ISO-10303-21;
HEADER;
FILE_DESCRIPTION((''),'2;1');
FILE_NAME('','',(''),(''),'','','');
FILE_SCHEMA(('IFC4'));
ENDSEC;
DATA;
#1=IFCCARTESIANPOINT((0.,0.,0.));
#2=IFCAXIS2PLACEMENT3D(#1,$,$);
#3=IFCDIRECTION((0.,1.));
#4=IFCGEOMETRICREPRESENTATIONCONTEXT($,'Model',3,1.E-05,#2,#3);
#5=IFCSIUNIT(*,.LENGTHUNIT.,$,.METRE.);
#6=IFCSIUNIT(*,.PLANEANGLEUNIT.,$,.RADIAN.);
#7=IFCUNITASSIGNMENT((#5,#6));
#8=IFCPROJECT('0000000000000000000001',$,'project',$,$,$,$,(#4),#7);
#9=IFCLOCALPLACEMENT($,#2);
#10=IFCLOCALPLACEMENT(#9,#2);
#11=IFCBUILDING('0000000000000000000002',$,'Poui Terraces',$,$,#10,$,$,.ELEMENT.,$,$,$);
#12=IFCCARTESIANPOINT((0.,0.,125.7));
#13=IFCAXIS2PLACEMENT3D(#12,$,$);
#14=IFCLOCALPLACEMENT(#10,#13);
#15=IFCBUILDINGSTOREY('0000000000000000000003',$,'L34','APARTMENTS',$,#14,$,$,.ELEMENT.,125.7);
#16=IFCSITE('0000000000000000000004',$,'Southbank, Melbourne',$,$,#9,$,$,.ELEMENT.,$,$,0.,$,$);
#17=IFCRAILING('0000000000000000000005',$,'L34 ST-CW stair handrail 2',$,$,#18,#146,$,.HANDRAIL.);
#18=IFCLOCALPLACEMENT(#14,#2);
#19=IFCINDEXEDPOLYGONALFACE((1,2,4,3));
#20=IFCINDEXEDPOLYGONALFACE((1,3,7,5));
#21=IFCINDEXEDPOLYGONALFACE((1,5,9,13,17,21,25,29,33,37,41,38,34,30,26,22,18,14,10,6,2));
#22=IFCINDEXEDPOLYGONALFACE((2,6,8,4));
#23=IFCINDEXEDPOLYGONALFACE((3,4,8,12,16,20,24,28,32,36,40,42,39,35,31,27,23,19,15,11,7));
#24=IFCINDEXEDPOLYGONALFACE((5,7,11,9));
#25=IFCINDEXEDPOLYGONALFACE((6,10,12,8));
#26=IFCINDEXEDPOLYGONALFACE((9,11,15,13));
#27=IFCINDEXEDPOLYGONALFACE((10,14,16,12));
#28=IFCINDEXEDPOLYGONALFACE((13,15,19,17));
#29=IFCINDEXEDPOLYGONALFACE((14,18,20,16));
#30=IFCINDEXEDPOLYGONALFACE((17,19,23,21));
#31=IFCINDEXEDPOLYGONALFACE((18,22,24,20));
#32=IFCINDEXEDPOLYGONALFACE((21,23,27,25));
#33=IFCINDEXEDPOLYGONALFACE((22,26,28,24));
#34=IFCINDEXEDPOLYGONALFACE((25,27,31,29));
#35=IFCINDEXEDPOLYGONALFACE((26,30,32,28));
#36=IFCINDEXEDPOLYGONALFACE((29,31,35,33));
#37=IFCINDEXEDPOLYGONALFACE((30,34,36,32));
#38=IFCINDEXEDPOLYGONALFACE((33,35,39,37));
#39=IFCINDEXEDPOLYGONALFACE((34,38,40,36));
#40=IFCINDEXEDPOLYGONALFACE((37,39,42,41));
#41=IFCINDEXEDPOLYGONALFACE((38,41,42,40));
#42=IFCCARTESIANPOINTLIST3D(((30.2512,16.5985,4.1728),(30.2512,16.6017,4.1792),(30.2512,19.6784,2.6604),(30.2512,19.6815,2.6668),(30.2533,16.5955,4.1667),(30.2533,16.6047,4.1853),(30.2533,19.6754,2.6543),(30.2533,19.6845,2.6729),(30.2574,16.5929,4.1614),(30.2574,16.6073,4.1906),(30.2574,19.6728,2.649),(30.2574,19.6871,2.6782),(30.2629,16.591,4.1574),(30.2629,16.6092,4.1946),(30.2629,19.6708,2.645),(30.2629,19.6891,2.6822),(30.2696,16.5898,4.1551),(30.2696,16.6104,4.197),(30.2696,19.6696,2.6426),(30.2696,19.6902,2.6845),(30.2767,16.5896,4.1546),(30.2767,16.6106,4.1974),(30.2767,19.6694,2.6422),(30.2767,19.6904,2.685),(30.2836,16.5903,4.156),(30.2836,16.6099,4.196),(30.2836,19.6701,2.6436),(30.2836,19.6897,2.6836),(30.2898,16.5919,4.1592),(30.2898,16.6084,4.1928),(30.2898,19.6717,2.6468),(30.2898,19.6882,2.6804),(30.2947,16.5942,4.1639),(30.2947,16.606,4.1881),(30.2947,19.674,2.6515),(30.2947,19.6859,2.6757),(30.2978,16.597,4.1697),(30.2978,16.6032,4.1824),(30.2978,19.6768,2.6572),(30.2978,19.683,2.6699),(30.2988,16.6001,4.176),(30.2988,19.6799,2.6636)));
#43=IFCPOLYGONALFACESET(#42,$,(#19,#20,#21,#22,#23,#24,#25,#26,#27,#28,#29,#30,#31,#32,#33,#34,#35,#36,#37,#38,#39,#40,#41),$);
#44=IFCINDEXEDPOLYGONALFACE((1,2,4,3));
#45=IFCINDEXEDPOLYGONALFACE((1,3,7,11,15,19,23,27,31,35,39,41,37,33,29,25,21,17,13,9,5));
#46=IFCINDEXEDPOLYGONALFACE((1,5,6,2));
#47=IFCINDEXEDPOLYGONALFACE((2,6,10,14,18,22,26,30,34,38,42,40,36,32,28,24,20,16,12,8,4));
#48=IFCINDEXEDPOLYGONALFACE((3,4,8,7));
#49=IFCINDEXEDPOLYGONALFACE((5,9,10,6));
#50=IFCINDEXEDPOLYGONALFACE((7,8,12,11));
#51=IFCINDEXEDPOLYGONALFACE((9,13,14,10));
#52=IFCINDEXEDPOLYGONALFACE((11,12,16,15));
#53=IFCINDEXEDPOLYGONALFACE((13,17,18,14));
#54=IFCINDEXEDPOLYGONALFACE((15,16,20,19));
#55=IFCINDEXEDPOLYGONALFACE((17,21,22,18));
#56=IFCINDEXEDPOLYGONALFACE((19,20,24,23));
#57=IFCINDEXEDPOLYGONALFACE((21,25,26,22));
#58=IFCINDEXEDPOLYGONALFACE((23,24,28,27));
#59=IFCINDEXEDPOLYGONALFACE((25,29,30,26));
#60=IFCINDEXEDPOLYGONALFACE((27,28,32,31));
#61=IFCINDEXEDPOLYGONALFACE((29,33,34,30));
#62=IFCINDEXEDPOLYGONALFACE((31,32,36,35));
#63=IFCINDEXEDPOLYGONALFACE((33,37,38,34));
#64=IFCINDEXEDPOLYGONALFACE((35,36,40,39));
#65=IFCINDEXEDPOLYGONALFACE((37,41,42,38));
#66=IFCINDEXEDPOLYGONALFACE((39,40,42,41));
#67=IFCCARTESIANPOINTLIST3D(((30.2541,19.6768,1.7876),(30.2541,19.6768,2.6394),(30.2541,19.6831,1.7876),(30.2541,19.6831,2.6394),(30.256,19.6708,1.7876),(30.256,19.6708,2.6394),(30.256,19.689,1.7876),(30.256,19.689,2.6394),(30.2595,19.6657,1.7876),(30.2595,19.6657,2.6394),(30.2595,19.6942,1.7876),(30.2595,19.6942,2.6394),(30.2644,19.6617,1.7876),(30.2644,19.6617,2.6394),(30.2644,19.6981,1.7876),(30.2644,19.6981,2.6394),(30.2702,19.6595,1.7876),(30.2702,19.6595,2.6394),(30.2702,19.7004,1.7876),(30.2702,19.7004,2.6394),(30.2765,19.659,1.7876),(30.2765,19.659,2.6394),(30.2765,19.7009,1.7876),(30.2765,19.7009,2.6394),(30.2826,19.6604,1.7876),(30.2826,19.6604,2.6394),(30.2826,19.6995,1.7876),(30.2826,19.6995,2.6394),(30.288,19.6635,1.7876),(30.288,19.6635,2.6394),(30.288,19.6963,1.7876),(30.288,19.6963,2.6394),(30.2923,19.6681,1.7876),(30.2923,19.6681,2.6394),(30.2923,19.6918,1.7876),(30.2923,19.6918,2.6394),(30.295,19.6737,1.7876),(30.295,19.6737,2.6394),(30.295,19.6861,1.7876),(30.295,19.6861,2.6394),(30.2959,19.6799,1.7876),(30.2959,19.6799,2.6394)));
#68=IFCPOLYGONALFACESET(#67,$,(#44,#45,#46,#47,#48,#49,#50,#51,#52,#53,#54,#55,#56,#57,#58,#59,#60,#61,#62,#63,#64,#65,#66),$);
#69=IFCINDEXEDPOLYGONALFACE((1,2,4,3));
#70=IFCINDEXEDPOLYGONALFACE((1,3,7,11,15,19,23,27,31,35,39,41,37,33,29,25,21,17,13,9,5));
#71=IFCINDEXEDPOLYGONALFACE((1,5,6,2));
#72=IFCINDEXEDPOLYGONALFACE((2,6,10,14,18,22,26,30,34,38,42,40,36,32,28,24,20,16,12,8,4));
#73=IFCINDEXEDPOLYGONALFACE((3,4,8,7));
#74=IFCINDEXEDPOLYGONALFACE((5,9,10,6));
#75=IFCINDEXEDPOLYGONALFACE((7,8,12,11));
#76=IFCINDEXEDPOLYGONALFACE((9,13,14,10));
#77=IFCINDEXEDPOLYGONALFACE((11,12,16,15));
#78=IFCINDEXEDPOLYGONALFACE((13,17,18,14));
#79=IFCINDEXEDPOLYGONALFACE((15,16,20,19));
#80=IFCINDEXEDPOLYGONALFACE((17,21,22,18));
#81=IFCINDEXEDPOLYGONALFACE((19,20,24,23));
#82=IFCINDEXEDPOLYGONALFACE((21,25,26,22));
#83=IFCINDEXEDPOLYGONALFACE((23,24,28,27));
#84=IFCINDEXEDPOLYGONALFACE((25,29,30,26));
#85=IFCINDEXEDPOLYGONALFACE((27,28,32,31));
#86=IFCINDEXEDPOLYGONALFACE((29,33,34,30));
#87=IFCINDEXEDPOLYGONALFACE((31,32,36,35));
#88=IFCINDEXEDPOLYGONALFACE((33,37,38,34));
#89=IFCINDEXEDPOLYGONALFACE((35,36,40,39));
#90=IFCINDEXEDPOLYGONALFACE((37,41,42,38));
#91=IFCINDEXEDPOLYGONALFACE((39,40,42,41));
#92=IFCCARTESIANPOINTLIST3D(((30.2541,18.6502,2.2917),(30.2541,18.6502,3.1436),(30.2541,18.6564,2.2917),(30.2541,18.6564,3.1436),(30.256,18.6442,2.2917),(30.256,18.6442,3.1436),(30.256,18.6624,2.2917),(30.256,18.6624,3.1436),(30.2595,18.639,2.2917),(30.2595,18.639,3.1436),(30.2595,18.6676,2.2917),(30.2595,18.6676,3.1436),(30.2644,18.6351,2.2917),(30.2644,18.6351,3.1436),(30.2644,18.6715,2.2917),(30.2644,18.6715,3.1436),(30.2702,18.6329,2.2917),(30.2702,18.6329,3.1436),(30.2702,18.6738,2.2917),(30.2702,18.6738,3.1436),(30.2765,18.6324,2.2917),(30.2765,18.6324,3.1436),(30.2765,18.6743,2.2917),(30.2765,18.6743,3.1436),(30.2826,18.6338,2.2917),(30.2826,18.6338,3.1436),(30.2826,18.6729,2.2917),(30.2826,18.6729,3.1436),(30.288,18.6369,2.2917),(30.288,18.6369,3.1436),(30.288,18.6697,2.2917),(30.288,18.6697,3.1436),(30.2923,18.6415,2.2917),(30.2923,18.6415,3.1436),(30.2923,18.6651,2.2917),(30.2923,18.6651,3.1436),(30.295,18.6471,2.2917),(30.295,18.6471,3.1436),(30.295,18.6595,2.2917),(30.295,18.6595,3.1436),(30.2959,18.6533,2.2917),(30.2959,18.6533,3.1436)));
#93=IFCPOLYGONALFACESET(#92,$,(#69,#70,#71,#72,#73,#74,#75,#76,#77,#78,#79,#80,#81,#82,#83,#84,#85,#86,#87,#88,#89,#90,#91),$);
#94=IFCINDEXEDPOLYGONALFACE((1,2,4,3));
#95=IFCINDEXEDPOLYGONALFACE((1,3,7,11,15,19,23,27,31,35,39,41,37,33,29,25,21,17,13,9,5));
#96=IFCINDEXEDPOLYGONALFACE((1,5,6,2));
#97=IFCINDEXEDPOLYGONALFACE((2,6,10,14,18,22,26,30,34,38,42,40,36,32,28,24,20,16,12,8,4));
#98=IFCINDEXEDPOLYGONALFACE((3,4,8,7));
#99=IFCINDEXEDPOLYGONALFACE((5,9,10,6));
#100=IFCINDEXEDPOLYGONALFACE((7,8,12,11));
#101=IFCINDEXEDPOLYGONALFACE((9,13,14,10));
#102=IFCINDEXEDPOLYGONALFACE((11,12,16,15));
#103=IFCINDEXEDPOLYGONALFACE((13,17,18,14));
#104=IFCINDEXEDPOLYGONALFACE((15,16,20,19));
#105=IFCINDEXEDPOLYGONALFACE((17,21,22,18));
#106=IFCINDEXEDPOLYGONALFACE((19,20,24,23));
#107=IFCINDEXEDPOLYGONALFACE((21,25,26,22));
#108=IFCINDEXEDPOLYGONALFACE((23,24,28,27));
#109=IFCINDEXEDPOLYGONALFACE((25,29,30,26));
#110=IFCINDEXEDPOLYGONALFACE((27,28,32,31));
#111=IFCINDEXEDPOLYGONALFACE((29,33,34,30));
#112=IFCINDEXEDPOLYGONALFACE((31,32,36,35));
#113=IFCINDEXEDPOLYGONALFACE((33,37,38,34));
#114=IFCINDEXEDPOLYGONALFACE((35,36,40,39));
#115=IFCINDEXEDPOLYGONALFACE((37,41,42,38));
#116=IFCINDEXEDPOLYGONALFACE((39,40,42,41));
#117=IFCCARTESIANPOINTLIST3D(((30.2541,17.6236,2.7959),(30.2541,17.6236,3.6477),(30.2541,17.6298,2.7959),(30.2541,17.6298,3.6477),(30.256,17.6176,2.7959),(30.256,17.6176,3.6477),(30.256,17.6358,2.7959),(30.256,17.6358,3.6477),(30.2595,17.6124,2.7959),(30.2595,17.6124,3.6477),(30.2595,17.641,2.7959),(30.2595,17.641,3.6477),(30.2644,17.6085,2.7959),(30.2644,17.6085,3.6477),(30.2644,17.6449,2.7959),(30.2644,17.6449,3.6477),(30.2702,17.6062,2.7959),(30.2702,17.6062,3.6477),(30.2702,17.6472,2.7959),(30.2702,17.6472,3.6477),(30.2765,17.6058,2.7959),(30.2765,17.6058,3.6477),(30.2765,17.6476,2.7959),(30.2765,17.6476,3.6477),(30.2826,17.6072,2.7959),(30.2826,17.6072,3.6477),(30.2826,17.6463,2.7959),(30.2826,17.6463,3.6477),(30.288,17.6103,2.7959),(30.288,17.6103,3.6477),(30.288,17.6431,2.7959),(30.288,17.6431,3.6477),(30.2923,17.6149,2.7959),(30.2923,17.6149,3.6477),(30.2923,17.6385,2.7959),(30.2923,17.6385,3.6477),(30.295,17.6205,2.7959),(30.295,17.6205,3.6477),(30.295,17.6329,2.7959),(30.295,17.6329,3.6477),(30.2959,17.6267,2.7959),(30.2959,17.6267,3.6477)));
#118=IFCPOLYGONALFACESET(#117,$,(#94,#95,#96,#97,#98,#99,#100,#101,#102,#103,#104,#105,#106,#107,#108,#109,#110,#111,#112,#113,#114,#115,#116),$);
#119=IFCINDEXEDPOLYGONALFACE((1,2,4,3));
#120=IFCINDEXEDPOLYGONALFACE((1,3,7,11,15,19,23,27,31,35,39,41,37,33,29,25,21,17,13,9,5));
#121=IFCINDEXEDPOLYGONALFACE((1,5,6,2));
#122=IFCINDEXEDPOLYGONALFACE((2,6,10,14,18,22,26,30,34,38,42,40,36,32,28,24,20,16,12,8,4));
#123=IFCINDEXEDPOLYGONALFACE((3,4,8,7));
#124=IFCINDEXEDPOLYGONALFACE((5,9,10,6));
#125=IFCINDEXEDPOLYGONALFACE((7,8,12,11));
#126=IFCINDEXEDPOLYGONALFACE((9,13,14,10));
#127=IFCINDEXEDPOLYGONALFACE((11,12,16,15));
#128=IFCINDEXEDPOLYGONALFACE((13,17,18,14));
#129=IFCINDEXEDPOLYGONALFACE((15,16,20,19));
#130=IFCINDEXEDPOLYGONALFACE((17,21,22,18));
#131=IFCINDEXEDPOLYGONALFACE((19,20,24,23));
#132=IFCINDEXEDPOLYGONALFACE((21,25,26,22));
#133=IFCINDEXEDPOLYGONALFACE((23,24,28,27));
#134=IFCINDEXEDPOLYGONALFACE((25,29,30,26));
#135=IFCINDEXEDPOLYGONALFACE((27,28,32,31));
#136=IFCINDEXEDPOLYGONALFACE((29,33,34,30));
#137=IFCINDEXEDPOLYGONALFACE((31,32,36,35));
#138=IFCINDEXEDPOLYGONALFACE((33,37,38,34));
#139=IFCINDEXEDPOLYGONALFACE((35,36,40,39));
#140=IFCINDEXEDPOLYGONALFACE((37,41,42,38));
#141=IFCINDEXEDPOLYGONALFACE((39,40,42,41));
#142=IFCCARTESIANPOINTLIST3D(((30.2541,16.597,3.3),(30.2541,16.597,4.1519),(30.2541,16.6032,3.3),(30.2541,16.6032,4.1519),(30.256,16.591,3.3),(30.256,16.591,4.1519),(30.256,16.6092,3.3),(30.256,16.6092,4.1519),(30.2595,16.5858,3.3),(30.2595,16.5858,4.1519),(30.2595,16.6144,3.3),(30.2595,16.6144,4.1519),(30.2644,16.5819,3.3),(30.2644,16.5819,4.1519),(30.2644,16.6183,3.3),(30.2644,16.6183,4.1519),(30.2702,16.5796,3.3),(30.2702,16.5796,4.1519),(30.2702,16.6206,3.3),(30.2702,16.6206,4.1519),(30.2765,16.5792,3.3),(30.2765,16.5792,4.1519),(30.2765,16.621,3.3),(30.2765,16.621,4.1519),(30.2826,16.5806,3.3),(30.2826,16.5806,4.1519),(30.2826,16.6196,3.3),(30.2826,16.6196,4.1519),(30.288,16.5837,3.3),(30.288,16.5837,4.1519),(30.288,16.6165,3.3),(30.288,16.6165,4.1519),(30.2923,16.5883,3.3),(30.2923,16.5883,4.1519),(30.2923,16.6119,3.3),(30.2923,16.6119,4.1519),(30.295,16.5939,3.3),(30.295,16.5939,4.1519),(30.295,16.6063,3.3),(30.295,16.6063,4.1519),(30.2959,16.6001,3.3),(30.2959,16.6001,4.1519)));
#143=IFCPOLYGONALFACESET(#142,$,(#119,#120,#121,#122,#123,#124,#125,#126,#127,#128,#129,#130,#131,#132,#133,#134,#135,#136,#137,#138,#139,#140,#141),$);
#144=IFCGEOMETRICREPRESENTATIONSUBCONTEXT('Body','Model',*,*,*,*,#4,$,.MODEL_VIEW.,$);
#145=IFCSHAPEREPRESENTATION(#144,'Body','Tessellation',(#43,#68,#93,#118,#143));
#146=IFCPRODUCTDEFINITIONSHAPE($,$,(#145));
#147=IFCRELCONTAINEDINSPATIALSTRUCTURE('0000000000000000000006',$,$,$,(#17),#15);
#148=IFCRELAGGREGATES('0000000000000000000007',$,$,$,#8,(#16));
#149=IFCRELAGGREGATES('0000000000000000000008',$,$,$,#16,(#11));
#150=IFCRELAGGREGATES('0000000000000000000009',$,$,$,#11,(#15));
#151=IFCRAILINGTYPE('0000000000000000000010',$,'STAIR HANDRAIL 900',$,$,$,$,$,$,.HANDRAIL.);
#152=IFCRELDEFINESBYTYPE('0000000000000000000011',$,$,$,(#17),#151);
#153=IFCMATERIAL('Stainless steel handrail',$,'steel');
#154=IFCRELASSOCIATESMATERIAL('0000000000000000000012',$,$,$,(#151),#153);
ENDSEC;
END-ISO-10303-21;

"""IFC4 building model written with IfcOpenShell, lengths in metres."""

from ifc_helpers import new_model, si_unit, direction, frame, origin, origin_2d, place, context, subcontext, project, spatial, circle, extrude, material, type_object, element, save


model = new_model("IFC4")

# Units and contexts
model_context = context("Model", 3, precision=1e-05, world=origin(), true_north=direction((0.0, 1.0)))
body_context = subcontext(model_context, "Body", "Model", "MODEL_VIEW")
ifc_project = project(units=[si_unit("LENGTHUNIT", "METRE"), si_unit("PLANEANGLEUNIT", "RADIAN")], contexts=[model_context])

# Site, building, storey
site_placement = place(None, origin())
site = spatial("IfcSite", under=ifc_project, at=site_placement, Name="Southbank, Melbourne", CompositionType="ELEMENT", RefElevation=0.0)
building_placement = place(site_placement, origin())
building = spatial("IfcBuilding", under=site, at=building_placement, Name="Poui Terraces", CompositionType="ELEMENT")
storey_placement = place(building_placement, frame((0.0, 0.0, 125.7)))
storey = spatial("IfcBuildingStorey", under=building, at=storey_placement, Name="L34", Description="APARTMENTS", CompositionType="ELEMENT", Elevation=125.7)

# Railing
ifc_material_1 = material(Name="Stainless steel handrail", Category="steel")
railing_type_1 = type_object("IfcRailingType", Name="STAIR HANDRAIL 900", PredefinedType="HANDRAIL", material=ifc_material_1)
railing_1_placement = place(storey_placement, frame((30.2749, 19.6799, 1.7876)))
element("IfcRailing", 1, at=railing_1_placement, inside=storey, type_object=railing_type_1, Name="L34 ST-CW stair handrail 2", PredefinedType="HANDRAIL", context=body_context, shape_type="SweptSolid", body=[
    extrude(circle(Radius=0.0239, at=origin_2d()), frame((0.0, 0.0, 0.876), z_axis=(0.0, -0.897606, 0.440798), x_axis=(1.0, 0.0, 0.0)), (0.0, 0.0, 1.0), 3.4312),
    extrude(circle(Radius=0.021, at=origin_2d()), origin(), (0.0, 0.0, 1.0), 0.8518),
    extrude(circle(Radius=0.021, at=origin_2d()), frame((0.0, -1.0266, 0.5042)), (0.0, 0.0, 1.0), 0.8518),
    extrude(circle(Radius=0.021, at=origin_2d()), frame((0.0, -2.0532, 1.0083)), (0.0, 0.0, 1.0), 0.8518),
    extrude(circle(Radius=0.021, at=origin_2d()), frame((0.0, -3.0798, 1.5125)), (0.0, 0.0, 1.0), 0.8518),
])

save(model, "model.ifc")
